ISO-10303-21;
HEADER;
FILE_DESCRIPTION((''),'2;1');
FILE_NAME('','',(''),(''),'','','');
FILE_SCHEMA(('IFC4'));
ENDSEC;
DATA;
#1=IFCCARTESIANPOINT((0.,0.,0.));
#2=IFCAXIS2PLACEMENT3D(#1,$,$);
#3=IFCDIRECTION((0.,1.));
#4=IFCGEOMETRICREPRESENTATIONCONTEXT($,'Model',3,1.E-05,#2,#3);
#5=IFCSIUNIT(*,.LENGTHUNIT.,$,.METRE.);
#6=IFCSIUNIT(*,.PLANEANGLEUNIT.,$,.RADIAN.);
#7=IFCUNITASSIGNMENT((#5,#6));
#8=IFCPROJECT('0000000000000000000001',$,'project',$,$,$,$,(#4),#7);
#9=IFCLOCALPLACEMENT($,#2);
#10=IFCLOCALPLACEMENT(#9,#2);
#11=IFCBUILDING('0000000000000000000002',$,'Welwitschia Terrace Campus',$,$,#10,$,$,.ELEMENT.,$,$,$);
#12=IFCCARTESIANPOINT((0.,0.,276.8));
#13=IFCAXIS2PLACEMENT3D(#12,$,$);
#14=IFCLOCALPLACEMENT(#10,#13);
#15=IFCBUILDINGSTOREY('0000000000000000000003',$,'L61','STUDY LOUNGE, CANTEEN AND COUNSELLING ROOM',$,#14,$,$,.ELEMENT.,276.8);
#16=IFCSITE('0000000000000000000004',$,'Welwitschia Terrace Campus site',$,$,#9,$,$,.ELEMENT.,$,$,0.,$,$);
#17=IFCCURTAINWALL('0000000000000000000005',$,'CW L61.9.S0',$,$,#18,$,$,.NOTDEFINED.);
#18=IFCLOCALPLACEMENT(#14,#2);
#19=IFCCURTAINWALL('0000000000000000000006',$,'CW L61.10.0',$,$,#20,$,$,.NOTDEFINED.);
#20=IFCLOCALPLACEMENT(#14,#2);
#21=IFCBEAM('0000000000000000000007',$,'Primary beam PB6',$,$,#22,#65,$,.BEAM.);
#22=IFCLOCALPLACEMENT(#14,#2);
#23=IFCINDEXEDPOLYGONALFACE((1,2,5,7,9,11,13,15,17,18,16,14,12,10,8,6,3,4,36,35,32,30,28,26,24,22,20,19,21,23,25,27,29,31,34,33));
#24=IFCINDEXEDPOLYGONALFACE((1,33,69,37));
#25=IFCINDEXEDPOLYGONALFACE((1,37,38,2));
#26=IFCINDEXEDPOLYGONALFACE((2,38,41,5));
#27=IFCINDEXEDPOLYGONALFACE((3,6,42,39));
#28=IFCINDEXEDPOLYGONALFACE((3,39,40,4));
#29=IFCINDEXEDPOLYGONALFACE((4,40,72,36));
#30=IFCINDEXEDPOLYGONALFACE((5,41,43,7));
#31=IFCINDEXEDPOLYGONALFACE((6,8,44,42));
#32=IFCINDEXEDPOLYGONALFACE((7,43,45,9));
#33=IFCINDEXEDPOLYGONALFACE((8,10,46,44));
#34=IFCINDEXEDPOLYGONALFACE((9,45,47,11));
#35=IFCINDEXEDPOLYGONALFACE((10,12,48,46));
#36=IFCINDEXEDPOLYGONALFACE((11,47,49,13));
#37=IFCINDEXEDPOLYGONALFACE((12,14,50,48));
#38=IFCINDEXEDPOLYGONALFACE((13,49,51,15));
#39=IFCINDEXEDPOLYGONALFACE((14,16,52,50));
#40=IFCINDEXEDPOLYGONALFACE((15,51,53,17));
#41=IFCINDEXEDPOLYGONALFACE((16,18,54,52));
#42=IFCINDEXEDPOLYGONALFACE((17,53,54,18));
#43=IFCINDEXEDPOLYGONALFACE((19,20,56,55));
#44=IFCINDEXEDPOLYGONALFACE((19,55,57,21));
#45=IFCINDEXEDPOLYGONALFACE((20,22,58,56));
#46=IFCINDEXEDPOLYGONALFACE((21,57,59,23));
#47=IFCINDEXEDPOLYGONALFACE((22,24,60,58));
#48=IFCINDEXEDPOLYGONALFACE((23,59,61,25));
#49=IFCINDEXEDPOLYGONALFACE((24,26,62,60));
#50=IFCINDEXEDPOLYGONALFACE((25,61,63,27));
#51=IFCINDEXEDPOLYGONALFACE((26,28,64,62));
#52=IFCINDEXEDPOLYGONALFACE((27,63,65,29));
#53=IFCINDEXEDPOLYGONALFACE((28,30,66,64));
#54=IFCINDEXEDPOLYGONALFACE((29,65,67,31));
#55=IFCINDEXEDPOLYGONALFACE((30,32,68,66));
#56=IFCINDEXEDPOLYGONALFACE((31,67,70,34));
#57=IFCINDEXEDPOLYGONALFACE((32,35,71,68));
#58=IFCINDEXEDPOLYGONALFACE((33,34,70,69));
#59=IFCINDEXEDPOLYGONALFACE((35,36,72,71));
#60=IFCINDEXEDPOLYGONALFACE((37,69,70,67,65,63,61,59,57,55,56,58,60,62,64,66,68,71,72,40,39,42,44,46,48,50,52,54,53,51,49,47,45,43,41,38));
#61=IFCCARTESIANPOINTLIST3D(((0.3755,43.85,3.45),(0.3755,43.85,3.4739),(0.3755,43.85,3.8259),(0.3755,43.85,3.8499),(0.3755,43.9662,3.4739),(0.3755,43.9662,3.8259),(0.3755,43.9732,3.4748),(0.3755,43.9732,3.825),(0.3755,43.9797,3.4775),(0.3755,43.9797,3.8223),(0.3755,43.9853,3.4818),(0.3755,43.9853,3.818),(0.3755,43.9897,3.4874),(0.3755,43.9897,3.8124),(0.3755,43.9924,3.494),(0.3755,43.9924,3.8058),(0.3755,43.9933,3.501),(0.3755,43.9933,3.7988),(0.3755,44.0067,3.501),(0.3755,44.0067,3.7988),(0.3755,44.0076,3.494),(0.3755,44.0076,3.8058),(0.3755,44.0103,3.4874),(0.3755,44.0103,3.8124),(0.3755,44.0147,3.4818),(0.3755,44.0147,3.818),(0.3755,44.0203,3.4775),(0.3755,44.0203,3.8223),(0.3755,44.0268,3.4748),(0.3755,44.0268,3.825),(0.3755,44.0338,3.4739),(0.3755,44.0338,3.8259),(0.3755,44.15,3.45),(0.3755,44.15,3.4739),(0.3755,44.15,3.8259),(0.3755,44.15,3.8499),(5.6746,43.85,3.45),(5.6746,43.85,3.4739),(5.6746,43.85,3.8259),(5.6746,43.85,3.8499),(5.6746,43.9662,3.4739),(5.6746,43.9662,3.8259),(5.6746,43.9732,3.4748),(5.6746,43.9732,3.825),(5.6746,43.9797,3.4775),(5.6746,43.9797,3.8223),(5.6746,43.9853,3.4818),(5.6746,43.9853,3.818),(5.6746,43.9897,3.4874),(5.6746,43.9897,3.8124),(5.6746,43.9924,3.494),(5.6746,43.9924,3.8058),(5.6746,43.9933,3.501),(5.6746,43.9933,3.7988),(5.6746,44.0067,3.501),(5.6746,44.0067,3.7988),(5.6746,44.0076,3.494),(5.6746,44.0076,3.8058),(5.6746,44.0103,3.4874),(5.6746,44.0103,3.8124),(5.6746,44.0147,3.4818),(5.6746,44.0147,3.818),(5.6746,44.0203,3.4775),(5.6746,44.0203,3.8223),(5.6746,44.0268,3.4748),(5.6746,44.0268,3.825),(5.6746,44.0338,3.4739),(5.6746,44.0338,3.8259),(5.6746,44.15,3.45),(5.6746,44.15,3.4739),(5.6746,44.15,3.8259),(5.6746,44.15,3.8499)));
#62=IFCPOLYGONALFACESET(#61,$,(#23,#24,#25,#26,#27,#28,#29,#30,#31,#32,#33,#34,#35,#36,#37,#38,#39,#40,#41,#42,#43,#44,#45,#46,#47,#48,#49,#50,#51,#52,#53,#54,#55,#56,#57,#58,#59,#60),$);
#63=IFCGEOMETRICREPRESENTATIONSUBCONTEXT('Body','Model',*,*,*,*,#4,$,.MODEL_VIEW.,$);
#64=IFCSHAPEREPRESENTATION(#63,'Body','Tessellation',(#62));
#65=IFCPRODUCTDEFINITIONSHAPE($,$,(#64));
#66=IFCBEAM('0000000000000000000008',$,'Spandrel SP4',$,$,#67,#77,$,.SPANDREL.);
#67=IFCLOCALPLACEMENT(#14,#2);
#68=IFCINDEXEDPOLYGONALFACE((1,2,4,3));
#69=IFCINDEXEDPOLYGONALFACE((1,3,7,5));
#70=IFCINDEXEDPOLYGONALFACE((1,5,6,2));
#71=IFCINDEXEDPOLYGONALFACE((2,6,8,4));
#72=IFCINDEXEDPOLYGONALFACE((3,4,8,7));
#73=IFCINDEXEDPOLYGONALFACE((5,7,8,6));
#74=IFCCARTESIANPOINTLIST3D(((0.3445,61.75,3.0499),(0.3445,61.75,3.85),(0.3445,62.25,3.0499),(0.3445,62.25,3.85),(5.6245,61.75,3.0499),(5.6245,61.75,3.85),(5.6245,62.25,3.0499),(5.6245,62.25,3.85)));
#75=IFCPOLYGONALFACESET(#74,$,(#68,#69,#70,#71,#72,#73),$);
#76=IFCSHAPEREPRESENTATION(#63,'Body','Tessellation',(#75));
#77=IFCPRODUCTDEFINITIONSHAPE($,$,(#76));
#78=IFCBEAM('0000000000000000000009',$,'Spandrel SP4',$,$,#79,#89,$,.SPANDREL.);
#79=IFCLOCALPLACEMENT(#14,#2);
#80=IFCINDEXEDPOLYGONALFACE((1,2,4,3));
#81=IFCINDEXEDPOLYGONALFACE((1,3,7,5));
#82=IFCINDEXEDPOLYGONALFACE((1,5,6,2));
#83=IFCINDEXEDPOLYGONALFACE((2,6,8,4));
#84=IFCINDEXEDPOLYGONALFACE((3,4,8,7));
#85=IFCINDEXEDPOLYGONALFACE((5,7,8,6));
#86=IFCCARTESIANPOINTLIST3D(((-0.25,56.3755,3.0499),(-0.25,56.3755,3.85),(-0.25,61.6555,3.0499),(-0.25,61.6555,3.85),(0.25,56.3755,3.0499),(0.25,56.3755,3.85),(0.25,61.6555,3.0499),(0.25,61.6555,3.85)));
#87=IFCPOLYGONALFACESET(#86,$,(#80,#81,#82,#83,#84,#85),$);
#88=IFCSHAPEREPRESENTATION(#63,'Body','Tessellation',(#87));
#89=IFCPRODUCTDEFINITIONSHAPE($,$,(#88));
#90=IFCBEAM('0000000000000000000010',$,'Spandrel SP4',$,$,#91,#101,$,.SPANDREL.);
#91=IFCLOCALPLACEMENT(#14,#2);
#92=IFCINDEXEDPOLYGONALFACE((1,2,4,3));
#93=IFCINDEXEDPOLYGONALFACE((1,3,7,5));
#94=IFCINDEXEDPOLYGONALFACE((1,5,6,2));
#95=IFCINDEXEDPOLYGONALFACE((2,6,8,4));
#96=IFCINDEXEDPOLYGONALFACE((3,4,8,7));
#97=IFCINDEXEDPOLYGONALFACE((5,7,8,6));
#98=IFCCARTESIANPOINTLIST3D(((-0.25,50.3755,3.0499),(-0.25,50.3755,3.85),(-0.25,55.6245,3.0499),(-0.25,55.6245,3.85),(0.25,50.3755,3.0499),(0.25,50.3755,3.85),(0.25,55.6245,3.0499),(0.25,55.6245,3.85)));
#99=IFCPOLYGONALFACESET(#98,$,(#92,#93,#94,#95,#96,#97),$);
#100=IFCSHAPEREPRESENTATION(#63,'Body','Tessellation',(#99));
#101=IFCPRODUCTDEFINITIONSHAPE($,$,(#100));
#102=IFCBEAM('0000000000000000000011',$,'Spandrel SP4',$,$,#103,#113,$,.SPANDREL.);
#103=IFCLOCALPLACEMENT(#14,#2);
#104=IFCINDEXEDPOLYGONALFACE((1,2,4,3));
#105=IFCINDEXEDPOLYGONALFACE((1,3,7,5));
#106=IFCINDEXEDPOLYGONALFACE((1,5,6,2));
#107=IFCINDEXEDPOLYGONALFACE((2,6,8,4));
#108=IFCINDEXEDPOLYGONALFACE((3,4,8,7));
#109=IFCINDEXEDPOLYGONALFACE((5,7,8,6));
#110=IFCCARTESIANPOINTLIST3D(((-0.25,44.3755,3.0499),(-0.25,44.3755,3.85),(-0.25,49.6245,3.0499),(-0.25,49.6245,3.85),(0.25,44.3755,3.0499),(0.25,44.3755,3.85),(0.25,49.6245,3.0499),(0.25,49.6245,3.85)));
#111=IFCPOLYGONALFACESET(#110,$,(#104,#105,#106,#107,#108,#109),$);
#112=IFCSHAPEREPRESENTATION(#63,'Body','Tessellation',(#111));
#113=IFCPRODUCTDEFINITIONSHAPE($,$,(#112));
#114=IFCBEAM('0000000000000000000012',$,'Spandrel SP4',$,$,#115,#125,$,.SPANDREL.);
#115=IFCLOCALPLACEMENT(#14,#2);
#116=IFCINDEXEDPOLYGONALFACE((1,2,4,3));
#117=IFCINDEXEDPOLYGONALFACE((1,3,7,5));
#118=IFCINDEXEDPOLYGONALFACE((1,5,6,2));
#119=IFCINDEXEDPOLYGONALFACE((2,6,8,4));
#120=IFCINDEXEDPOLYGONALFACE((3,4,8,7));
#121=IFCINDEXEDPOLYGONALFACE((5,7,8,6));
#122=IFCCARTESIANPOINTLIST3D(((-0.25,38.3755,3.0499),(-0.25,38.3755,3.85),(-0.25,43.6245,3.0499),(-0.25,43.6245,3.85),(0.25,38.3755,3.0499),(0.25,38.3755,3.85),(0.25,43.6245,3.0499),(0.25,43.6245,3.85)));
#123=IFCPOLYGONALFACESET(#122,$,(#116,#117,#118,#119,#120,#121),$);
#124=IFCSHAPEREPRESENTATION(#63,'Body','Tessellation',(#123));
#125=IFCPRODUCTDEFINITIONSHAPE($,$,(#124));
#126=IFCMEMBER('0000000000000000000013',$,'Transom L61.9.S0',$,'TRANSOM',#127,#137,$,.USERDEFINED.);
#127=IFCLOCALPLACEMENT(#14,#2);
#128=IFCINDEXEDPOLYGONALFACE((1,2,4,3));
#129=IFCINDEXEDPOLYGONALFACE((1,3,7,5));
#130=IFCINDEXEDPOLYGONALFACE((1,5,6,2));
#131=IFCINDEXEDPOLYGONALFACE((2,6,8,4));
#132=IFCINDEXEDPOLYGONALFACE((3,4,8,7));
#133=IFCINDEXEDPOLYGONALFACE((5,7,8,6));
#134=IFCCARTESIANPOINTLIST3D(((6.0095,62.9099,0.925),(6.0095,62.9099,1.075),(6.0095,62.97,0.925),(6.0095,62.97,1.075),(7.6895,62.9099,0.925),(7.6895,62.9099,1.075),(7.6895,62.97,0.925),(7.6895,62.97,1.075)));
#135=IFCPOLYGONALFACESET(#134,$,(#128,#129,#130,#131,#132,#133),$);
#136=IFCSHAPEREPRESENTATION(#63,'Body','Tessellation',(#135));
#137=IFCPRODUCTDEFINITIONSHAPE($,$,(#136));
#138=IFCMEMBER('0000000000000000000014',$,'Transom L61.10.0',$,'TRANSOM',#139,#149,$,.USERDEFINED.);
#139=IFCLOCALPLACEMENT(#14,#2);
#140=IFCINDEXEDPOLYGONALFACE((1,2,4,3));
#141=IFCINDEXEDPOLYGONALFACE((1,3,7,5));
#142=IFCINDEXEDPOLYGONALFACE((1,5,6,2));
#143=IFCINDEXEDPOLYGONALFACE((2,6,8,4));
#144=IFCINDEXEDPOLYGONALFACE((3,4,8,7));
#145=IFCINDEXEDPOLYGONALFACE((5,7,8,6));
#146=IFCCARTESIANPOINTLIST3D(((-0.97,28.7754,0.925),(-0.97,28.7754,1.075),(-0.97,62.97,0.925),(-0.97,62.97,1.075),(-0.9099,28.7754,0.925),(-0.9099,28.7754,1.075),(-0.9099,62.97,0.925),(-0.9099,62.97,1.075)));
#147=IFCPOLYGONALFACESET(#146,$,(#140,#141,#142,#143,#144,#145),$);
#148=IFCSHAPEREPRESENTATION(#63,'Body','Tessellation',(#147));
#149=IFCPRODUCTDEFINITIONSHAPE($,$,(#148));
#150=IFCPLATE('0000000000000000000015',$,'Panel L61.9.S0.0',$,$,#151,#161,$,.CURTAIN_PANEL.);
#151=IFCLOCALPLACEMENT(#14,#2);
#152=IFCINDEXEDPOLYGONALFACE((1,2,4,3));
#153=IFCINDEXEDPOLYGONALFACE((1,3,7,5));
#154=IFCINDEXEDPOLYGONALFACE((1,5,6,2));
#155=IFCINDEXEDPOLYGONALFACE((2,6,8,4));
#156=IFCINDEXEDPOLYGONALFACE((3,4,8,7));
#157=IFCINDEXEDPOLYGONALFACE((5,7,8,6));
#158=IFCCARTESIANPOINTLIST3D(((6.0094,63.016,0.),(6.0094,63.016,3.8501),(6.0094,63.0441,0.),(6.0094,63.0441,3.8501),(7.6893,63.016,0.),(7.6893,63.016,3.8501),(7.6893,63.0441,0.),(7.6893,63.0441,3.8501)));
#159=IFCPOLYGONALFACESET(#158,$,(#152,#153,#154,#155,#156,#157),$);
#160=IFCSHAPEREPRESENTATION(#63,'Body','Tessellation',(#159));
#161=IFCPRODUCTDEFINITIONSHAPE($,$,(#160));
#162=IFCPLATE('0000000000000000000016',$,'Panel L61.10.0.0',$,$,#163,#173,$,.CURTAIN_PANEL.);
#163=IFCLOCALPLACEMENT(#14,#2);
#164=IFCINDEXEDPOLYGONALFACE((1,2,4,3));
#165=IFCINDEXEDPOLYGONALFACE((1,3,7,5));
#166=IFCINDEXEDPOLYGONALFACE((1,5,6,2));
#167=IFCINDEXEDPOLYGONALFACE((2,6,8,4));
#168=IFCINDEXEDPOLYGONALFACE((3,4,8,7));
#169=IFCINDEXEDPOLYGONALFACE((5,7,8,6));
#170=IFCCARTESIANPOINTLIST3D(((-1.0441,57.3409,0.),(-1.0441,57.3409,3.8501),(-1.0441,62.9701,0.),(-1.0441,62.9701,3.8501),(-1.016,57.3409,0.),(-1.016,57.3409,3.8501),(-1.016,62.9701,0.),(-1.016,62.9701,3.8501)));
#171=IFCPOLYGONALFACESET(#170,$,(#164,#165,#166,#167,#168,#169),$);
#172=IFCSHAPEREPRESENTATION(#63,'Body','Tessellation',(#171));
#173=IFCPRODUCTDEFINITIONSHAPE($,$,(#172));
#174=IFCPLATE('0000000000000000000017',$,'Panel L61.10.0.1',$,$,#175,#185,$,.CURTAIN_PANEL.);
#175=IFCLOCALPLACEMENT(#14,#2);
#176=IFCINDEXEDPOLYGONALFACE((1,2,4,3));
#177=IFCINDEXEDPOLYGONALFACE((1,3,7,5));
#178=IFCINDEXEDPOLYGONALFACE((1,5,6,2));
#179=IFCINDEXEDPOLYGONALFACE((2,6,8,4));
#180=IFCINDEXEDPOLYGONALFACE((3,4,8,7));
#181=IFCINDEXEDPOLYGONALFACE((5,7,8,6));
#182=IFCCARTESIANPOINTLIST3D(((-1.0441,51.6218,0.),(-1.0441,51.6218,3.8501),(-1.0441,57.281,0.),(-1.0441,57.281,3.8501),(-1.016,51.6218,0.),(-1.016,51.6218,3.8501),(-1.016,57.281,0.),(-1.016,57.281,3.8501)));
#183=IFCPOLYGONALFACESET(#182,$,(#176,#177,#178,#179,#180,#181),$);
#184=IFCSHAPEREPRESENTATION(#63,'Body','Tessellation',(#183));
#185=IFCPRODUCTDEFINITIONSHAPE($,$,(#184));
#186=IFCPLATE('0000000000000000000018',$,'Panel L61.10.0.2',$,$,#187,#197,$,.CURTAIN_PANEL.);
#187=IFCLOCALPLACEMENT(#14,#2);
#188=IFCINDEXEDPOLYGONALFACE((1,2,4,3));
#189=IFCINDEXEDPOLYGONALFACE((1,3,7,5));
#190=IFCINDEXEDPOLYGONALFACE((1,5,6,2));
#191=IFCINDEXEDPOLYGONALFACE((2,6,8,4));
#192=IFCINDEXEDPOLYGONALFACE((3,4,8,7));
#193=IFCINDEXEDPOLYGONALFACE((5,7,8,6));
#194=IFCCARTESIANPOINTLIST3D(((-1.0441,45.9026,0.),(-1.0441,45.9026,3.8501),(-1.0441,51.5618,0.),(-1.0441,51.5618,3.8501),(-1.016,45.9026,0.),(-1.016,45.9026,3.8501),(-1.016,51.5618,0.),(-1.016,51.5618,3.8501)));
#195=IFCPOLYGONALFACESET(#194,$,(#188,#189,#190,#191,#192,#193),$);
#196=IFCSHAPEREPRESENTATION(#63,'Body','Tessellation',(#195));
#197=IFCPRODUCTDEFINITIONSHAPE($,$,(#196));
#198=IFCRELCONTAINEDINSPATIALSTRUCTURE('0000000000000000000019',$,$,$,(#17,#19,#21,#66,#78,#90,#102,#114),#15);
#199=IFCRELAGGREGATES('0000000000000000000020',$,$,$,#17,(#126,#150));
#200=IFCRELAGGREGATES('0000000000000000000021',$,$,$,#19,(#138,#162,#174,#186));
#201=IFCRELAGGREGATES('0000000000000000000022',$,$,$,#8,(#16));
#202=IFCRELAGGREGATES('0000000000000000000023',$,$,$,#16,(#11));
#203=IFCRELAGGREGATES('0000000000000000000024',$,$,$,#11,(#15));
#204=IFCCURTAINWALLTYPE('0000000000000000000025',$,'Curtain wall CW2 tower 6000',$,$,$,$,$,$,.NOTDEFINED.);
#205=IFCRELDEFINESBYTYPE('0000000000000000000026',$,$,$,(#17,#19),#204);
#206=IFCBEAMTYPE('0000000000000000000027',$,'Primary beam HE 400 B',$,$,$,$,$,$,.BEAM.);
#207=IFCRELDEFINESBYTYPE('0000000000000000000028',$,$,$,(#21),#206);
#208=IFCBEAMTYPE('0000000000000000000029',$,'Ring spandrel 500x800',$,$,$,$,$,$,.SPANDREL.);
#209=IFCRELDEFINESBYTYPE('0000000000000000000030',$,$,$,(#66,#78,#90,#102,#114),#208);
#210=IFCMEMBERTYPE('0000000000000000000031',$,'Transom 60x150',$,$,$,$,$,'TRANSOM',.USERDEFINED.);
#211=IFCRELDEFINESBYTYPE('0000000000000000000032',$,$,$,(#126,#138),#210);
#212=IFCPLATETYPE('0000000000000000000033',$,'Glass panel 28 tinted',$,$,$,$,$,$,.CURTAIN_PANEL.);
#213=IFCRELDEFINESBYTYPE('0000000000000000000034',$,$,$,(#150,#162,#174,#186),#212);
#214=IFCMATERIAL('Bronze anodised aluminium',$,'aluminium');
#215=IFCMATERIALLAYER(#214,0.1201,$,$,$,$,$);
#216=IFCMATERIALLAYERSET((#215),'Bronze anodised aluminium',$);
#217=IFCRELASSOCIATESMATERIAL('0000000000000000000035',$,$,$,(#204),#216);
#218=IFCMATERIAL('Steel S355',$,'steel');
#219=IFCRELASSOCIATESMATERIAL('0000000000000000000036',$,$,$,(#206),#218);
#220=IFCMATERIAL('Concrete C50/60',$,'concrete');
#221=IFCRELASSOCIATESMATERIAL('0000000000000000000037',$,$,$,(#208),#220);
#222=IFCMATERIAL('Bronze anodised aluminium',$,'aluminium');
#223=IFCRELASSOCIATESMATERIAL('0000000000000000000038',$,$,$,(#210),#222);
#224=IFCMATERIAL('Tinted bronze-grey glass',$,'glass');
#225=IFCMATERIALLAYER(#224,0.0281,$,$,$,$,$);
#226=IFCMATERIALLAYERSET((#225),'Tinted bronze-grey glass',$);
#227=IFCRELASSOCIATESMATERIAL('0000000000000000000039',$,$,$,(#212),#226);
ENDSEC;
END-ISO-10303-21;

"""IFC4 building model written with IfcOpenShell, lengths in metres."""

from ifc_helpers import new_model, si_unit, direction, frame, origin, origin_2d, place, context, subcontext, project, spatial, rectangle, i_section, extrude, material, layer, layer_set, material_profile, profile_set, type_object, element, aggregate, save


model = new_model("IFC4")

# Units and contexts
model_context = context("Model", 3, precision=1e-05, world=origin(), true_north=direction((0.0, 1.0)))
body_context = subcontext(model_context, "Body", "Model", "MODEL_VIEW")
ifc_project = project(units=[si_unit("LENGTHUNIT", "METRE"), si_unit("PLANEANGLEUNIT", "RADIAN")], contexts=[model_context])

# Site, building, storey
site_placement = place(None, origin())
site = spatial("IfcSite", under=ifc_project, at=site_placement, Name="Welwitschia Terrace Campus site", CompositionType="ELEMENT", RefElevation=0.0)
building_placement = place(site_placement, origin())
building = spatial("IfcBuilding", under=site, at=building_placement, Name="Welwitschia Terrace Campus", CompositionType="ELEMENT")
storey_placement = place(building_placement, frame((0.0, 0.0, 276.8)))
storey = spatial("IfcBuildingStorey", under=building, at=storey_placement, Name="L61", Description="STUDY LOUNGE, CANTEEN AND COUNSELLING ROOM", CompositionType="ELEMENT", Elevation=276.8)

# Curtain walls
ifc_material_1 = material(Name="Bronze anodised aluminium", Category="aluminium")
ifc_layer_1 = layer(ifc_material_1, 0.1201)
ifc_layer_set_1 = layer_set([ifc_layer_1], Name="Bronze anodised aluminium")
curtain_wall_type = type_object("IfcCurtainWallType", Name="Curtain wall CW2 tower 6000", PredefinedType="NOTDEFINED", material=ifc_layer_set_1)
curtain_wall_1_placement = place(storey_placement, origin())
curtain_wall_1 = element("IfcCurtainWall", 1, at=curtain_wall_1_placement, inside=storey, type_object=curtain_wall_type, Name="CW L61.9.S0", PredefinedType="NOTDEFINED")
curtain_wall_2_placement = place(storey_placement, origin())
curtain_wall_2 = element("IfcCurtainWall", 2, at=curtain_wall_2_placement, inside=storey, type_object=curtain_wall_type, Name="CW L61.10.0", PredefinedType="NOTDEFINED")

# Beams
ifc_material_2 = material(Name="Steel S355", Category="steel")
ifc_material_profile_1 = material_profile(ifc_material_2, i_section(OverallWidth=0.3, OverallDepth=0.3999, WebThickness=0.0134, FlangeThickness=0.0239, FilletRadius=0.0271, at=origin_2d()))
ifc_profile_set_1 = profile_set([ifc_material_profile_1], Name="Steel S355")
beam_type_1 = type_object("IfcBeamType", Name="Primary beam HE 400 B", PredefinedType="BEAM", material=ifc_profile_set_1)
for number, where, z_axis, x_axis, name in (
    (3, (0.3755, 44.0, 3.6499), (1.0, 0.0, 0.0), (0.0, 1.0, 0.0), "Primary beam PB6"),
):
    element("IfcBeam", number, at=place(storey_placement, frame(where, z_axis=z_axis, x_axis=x_axis)), inside=storey, type_object=beam_type_1, Name=name, PredefinedType="BEAM", context=body_context, shape_type="SweptSolid", body=[
        extrude(i_section(OverallWidth=0.3, OverallDepth=0.3999, WebThickness=0.0134, FlangeThickness=0.0239, FilletRadius=0.0271, at=origin_2d()), origin(), (0.0, 0.0, 1.0), 5.2991),
    ])
ifc_material_3 = material(Name="Concrete C50/60", Category="concrete")
ifc_material_profile_2 = material_profile(ifc_material_3, rectangle(XDim=0.5, YDim=0.8, at=origin_2d()))
ifc_profile_set_2 = profile_set([ifc_material_profile_2], Name="Concrete C50/60")
beam_type_2 = type_object("IfcBeamType", Name="Ring spandrel 500x800", PredefinedType="SPANDREL", material=ifc_profile_set_2)
for number, where, z_axis, x_axis, name in (
    (4, (5.6245, 62.0, 3.45), (-1.0, 0.0, 0.0), (0.0, -1.0, 0.0), "Spandrel SP4"),
    (5, (0.0, 61.6555, 3.45), (0.0, -1.0, 0.0), (1.0, 0.0, 0.0), "Spandrel SP4"),
):
    element("IfcBeam", number, at=place(storey_placement, frame(where, z_axis=z_axis, x_axis=x_axis)), inside=storey, type_object=beam_type_2, Name=name, PredefinedType="SPANDREL", context=body_context, shape_type="SweptSolid", body=[
        extrude(rectangle(XDim=0.5, YDim=0.8, at=origin_2d()), origin(), (0.0, 0.0, 1.0), 5.28),
    ])
for number, where, z_axis, x_axis, name in (
    (6, (0.0, 55.6245, 3.45), (0.0, -1.0, 0.0), (1.0, 0.0, 0.0), "Spandrel SP4"),
    (7, (0.0, 49.6245, 3.45), (0.0, -1.0, 0.0), (1.0, 0.0, 0.0), "Spandrel SP4"),
    (8, (0.0, 43.6245, 3.45), (0.0, -1.0, 0.0), (1.0, 0.0, 0.0), "Spandrel SP4"),
):
    element("IfcBeam", number, at=place(storey_placement, frame(where, z_axis=z_axis, x_axis=x_axis)), inside=storey, type_object=beam_type_2, Name=name, PredefinedType="SPANDREL", context=body_context, shape_type="SweptSolid", body=[
        extrude(rectangle(XDim=0.5, YDim=0.8, at=origin_2d()), origin(), (0.0, 0.0, 1.0), 5.249),
    ])

# Members
ifc_material_4 = material(Name="Bronze anodised aluminium", Category="aluminium")
ifc_material_profile_3 = material_profile(ifc_material_4, rectangle(XDim=0.0601, YDim=0.1499, at=origin_2d()))
ifc_profile_set_3 = profile_set([ifc_material_profile_3], Name="Bronze anodised aluminium")
member_type_1 = type_object("IfcMemberType", Name="Transom 60x150", ElementType="TRANSOM", PredefinedType="USERDEFINED", material=ifc_profile_set_3)
member_1_placement = place(storey_placement, frame((7.6895, 62.9399, 1.0), z_axis=(-1.0, 0.0, 0.0), x_axis=(0.0, -1.0, 0.0)))
member_1 = element("IfcMember", 9, at=member_1_placement, type_object=member_type_1, Name="Transom L61.9.S0", ObjectType="TRANSOM", PredefinedType="USERDEFINED", context=body_context, shape_type="SweptSolid", body=[
    extrude(rectangle(XDim=0.0601, YDim=0.1499, at=origin_2d()), origin(), (0.0, 0.0, 1.0), 1.6799),
])
member_2_placement = place(storey_placement, frame((-0.9399, 62.97, 1.0), z_axis=(0.0, -1.0, 0.0), x_axis=(1.0, 0.0, 0.0)))
member_2 = element("IfcMember", 10, at=member_2_placement, type_object=member_type_1, Name="Transom L61.10.0", ObjectType="TRANSOM", PredefinedType="USERDEFINED", context=body_context, shape_type="SweptSolid", body=[
    extrude(rectangle(XDim=0.0601, YDim=0.1499, at=origin_2d()), origin(), (0.0, 0.0, 1.0), 34.1946),
])

# Plates
ifc_material_5 = material(Name="Tinted bronze-grey glass", Category="glass")
ifc_layer_2 = layer(ifc_material_5, 0.0281)
ifc_layer_set_2 = layer_set([ifc_layer_2], Name="Tinted bronze-grey glass")
plate_type = type_object("IfcPlateType", Name="Glass panel 28 tinted", PredefinedType="CURTAIN_PANEL", material=ifc_layer_set_2)
plate_1_placement = place(storey_placement, frame((6.8494, 63.03, 0.0), z_axis=(0.0, 0.0, 1.0), x_axis=(-1.0, 0.0, 0.0)))
plate_1 = element("IfcPlate", 11, at=plate_1_placement, type_object=plate_type, Name="Panel L61.9.S0.0", PredefinedType="CURTAIN_PANEL", context=body_context, shape_type="SweptSolid", body=[
    extrude(rectangle(XDim=1.6799, YDim=0.0281, at=origin_2d()), origin(), (0.0, 0.0, 1.0), 3.8501),
])
aggregate(curtain_wall_1, [member_1, plate_1])
plate_2_placement = place(storey_placement, frame((-1.03, 60.1555, 0.0), z_axis=(0.0, 0.0, 1.0), x_axis=(0.0, -1.0, 0.0)))
plate_2 = element("IfcPlate", 12, at=plate_2_placement, type_object=plate_type, Name="Panel L61.10.0.0", PredefinedType="CURTAIN_PANEL", context=body_context, shape_type="SweptSolid", body=[
    extrude(rectangle(XDim=5.6292, YDim=0.0281, at=origin_2d()), origin(), (0.0, 0.0, 1.0), 3.8501),
])
plate_3_placement = place(storey_placement, frame((-1.03, 54.4514, 0.0), z_axis=(0.0, 0.0, 1.0), x_axis=(0.0, -1.0, 0.0)))
plate_3 = element("IfcPlate", 13, at=plate_3_placement, type_object=plate_type, Name="Panel L61.10.0.1", PredefinedType="CURTAIN_PANEL", context=body_context, shape_type="SweptSolid", body=[
    extrude(rectangle(XDim=5.6592, YDim=0.0281, at=origin_2d()), origin(), (0.0, 0.0, 1.0), 3.8501),
])
plate_4_placement = place(storey_placement, frame((-1.03, 48.7322, 0.0), z_axis=(0.0, 0.0, 1.0), x_axis=(0.0, -1.0, 0.0)))
plate_4 = element("IfcPlate", 14, at=plate_4_placement, type_object=plate_type, Name="Panel L61.10.0.2", PredefinedType="CURTAIN_PANEL", context=body_context, shape_type="SweptSolid", body=[
    extrude(rectangle(XDim=5.6592, YDim=0.0281, at=origin_2d()), origin(), (0.0, 0.0, 1.0), 3.8501),
])
aggregate(curtain_wall_2, [member_2, plate_2, plate_3, plate_4])

save(model, "model.ifc")
